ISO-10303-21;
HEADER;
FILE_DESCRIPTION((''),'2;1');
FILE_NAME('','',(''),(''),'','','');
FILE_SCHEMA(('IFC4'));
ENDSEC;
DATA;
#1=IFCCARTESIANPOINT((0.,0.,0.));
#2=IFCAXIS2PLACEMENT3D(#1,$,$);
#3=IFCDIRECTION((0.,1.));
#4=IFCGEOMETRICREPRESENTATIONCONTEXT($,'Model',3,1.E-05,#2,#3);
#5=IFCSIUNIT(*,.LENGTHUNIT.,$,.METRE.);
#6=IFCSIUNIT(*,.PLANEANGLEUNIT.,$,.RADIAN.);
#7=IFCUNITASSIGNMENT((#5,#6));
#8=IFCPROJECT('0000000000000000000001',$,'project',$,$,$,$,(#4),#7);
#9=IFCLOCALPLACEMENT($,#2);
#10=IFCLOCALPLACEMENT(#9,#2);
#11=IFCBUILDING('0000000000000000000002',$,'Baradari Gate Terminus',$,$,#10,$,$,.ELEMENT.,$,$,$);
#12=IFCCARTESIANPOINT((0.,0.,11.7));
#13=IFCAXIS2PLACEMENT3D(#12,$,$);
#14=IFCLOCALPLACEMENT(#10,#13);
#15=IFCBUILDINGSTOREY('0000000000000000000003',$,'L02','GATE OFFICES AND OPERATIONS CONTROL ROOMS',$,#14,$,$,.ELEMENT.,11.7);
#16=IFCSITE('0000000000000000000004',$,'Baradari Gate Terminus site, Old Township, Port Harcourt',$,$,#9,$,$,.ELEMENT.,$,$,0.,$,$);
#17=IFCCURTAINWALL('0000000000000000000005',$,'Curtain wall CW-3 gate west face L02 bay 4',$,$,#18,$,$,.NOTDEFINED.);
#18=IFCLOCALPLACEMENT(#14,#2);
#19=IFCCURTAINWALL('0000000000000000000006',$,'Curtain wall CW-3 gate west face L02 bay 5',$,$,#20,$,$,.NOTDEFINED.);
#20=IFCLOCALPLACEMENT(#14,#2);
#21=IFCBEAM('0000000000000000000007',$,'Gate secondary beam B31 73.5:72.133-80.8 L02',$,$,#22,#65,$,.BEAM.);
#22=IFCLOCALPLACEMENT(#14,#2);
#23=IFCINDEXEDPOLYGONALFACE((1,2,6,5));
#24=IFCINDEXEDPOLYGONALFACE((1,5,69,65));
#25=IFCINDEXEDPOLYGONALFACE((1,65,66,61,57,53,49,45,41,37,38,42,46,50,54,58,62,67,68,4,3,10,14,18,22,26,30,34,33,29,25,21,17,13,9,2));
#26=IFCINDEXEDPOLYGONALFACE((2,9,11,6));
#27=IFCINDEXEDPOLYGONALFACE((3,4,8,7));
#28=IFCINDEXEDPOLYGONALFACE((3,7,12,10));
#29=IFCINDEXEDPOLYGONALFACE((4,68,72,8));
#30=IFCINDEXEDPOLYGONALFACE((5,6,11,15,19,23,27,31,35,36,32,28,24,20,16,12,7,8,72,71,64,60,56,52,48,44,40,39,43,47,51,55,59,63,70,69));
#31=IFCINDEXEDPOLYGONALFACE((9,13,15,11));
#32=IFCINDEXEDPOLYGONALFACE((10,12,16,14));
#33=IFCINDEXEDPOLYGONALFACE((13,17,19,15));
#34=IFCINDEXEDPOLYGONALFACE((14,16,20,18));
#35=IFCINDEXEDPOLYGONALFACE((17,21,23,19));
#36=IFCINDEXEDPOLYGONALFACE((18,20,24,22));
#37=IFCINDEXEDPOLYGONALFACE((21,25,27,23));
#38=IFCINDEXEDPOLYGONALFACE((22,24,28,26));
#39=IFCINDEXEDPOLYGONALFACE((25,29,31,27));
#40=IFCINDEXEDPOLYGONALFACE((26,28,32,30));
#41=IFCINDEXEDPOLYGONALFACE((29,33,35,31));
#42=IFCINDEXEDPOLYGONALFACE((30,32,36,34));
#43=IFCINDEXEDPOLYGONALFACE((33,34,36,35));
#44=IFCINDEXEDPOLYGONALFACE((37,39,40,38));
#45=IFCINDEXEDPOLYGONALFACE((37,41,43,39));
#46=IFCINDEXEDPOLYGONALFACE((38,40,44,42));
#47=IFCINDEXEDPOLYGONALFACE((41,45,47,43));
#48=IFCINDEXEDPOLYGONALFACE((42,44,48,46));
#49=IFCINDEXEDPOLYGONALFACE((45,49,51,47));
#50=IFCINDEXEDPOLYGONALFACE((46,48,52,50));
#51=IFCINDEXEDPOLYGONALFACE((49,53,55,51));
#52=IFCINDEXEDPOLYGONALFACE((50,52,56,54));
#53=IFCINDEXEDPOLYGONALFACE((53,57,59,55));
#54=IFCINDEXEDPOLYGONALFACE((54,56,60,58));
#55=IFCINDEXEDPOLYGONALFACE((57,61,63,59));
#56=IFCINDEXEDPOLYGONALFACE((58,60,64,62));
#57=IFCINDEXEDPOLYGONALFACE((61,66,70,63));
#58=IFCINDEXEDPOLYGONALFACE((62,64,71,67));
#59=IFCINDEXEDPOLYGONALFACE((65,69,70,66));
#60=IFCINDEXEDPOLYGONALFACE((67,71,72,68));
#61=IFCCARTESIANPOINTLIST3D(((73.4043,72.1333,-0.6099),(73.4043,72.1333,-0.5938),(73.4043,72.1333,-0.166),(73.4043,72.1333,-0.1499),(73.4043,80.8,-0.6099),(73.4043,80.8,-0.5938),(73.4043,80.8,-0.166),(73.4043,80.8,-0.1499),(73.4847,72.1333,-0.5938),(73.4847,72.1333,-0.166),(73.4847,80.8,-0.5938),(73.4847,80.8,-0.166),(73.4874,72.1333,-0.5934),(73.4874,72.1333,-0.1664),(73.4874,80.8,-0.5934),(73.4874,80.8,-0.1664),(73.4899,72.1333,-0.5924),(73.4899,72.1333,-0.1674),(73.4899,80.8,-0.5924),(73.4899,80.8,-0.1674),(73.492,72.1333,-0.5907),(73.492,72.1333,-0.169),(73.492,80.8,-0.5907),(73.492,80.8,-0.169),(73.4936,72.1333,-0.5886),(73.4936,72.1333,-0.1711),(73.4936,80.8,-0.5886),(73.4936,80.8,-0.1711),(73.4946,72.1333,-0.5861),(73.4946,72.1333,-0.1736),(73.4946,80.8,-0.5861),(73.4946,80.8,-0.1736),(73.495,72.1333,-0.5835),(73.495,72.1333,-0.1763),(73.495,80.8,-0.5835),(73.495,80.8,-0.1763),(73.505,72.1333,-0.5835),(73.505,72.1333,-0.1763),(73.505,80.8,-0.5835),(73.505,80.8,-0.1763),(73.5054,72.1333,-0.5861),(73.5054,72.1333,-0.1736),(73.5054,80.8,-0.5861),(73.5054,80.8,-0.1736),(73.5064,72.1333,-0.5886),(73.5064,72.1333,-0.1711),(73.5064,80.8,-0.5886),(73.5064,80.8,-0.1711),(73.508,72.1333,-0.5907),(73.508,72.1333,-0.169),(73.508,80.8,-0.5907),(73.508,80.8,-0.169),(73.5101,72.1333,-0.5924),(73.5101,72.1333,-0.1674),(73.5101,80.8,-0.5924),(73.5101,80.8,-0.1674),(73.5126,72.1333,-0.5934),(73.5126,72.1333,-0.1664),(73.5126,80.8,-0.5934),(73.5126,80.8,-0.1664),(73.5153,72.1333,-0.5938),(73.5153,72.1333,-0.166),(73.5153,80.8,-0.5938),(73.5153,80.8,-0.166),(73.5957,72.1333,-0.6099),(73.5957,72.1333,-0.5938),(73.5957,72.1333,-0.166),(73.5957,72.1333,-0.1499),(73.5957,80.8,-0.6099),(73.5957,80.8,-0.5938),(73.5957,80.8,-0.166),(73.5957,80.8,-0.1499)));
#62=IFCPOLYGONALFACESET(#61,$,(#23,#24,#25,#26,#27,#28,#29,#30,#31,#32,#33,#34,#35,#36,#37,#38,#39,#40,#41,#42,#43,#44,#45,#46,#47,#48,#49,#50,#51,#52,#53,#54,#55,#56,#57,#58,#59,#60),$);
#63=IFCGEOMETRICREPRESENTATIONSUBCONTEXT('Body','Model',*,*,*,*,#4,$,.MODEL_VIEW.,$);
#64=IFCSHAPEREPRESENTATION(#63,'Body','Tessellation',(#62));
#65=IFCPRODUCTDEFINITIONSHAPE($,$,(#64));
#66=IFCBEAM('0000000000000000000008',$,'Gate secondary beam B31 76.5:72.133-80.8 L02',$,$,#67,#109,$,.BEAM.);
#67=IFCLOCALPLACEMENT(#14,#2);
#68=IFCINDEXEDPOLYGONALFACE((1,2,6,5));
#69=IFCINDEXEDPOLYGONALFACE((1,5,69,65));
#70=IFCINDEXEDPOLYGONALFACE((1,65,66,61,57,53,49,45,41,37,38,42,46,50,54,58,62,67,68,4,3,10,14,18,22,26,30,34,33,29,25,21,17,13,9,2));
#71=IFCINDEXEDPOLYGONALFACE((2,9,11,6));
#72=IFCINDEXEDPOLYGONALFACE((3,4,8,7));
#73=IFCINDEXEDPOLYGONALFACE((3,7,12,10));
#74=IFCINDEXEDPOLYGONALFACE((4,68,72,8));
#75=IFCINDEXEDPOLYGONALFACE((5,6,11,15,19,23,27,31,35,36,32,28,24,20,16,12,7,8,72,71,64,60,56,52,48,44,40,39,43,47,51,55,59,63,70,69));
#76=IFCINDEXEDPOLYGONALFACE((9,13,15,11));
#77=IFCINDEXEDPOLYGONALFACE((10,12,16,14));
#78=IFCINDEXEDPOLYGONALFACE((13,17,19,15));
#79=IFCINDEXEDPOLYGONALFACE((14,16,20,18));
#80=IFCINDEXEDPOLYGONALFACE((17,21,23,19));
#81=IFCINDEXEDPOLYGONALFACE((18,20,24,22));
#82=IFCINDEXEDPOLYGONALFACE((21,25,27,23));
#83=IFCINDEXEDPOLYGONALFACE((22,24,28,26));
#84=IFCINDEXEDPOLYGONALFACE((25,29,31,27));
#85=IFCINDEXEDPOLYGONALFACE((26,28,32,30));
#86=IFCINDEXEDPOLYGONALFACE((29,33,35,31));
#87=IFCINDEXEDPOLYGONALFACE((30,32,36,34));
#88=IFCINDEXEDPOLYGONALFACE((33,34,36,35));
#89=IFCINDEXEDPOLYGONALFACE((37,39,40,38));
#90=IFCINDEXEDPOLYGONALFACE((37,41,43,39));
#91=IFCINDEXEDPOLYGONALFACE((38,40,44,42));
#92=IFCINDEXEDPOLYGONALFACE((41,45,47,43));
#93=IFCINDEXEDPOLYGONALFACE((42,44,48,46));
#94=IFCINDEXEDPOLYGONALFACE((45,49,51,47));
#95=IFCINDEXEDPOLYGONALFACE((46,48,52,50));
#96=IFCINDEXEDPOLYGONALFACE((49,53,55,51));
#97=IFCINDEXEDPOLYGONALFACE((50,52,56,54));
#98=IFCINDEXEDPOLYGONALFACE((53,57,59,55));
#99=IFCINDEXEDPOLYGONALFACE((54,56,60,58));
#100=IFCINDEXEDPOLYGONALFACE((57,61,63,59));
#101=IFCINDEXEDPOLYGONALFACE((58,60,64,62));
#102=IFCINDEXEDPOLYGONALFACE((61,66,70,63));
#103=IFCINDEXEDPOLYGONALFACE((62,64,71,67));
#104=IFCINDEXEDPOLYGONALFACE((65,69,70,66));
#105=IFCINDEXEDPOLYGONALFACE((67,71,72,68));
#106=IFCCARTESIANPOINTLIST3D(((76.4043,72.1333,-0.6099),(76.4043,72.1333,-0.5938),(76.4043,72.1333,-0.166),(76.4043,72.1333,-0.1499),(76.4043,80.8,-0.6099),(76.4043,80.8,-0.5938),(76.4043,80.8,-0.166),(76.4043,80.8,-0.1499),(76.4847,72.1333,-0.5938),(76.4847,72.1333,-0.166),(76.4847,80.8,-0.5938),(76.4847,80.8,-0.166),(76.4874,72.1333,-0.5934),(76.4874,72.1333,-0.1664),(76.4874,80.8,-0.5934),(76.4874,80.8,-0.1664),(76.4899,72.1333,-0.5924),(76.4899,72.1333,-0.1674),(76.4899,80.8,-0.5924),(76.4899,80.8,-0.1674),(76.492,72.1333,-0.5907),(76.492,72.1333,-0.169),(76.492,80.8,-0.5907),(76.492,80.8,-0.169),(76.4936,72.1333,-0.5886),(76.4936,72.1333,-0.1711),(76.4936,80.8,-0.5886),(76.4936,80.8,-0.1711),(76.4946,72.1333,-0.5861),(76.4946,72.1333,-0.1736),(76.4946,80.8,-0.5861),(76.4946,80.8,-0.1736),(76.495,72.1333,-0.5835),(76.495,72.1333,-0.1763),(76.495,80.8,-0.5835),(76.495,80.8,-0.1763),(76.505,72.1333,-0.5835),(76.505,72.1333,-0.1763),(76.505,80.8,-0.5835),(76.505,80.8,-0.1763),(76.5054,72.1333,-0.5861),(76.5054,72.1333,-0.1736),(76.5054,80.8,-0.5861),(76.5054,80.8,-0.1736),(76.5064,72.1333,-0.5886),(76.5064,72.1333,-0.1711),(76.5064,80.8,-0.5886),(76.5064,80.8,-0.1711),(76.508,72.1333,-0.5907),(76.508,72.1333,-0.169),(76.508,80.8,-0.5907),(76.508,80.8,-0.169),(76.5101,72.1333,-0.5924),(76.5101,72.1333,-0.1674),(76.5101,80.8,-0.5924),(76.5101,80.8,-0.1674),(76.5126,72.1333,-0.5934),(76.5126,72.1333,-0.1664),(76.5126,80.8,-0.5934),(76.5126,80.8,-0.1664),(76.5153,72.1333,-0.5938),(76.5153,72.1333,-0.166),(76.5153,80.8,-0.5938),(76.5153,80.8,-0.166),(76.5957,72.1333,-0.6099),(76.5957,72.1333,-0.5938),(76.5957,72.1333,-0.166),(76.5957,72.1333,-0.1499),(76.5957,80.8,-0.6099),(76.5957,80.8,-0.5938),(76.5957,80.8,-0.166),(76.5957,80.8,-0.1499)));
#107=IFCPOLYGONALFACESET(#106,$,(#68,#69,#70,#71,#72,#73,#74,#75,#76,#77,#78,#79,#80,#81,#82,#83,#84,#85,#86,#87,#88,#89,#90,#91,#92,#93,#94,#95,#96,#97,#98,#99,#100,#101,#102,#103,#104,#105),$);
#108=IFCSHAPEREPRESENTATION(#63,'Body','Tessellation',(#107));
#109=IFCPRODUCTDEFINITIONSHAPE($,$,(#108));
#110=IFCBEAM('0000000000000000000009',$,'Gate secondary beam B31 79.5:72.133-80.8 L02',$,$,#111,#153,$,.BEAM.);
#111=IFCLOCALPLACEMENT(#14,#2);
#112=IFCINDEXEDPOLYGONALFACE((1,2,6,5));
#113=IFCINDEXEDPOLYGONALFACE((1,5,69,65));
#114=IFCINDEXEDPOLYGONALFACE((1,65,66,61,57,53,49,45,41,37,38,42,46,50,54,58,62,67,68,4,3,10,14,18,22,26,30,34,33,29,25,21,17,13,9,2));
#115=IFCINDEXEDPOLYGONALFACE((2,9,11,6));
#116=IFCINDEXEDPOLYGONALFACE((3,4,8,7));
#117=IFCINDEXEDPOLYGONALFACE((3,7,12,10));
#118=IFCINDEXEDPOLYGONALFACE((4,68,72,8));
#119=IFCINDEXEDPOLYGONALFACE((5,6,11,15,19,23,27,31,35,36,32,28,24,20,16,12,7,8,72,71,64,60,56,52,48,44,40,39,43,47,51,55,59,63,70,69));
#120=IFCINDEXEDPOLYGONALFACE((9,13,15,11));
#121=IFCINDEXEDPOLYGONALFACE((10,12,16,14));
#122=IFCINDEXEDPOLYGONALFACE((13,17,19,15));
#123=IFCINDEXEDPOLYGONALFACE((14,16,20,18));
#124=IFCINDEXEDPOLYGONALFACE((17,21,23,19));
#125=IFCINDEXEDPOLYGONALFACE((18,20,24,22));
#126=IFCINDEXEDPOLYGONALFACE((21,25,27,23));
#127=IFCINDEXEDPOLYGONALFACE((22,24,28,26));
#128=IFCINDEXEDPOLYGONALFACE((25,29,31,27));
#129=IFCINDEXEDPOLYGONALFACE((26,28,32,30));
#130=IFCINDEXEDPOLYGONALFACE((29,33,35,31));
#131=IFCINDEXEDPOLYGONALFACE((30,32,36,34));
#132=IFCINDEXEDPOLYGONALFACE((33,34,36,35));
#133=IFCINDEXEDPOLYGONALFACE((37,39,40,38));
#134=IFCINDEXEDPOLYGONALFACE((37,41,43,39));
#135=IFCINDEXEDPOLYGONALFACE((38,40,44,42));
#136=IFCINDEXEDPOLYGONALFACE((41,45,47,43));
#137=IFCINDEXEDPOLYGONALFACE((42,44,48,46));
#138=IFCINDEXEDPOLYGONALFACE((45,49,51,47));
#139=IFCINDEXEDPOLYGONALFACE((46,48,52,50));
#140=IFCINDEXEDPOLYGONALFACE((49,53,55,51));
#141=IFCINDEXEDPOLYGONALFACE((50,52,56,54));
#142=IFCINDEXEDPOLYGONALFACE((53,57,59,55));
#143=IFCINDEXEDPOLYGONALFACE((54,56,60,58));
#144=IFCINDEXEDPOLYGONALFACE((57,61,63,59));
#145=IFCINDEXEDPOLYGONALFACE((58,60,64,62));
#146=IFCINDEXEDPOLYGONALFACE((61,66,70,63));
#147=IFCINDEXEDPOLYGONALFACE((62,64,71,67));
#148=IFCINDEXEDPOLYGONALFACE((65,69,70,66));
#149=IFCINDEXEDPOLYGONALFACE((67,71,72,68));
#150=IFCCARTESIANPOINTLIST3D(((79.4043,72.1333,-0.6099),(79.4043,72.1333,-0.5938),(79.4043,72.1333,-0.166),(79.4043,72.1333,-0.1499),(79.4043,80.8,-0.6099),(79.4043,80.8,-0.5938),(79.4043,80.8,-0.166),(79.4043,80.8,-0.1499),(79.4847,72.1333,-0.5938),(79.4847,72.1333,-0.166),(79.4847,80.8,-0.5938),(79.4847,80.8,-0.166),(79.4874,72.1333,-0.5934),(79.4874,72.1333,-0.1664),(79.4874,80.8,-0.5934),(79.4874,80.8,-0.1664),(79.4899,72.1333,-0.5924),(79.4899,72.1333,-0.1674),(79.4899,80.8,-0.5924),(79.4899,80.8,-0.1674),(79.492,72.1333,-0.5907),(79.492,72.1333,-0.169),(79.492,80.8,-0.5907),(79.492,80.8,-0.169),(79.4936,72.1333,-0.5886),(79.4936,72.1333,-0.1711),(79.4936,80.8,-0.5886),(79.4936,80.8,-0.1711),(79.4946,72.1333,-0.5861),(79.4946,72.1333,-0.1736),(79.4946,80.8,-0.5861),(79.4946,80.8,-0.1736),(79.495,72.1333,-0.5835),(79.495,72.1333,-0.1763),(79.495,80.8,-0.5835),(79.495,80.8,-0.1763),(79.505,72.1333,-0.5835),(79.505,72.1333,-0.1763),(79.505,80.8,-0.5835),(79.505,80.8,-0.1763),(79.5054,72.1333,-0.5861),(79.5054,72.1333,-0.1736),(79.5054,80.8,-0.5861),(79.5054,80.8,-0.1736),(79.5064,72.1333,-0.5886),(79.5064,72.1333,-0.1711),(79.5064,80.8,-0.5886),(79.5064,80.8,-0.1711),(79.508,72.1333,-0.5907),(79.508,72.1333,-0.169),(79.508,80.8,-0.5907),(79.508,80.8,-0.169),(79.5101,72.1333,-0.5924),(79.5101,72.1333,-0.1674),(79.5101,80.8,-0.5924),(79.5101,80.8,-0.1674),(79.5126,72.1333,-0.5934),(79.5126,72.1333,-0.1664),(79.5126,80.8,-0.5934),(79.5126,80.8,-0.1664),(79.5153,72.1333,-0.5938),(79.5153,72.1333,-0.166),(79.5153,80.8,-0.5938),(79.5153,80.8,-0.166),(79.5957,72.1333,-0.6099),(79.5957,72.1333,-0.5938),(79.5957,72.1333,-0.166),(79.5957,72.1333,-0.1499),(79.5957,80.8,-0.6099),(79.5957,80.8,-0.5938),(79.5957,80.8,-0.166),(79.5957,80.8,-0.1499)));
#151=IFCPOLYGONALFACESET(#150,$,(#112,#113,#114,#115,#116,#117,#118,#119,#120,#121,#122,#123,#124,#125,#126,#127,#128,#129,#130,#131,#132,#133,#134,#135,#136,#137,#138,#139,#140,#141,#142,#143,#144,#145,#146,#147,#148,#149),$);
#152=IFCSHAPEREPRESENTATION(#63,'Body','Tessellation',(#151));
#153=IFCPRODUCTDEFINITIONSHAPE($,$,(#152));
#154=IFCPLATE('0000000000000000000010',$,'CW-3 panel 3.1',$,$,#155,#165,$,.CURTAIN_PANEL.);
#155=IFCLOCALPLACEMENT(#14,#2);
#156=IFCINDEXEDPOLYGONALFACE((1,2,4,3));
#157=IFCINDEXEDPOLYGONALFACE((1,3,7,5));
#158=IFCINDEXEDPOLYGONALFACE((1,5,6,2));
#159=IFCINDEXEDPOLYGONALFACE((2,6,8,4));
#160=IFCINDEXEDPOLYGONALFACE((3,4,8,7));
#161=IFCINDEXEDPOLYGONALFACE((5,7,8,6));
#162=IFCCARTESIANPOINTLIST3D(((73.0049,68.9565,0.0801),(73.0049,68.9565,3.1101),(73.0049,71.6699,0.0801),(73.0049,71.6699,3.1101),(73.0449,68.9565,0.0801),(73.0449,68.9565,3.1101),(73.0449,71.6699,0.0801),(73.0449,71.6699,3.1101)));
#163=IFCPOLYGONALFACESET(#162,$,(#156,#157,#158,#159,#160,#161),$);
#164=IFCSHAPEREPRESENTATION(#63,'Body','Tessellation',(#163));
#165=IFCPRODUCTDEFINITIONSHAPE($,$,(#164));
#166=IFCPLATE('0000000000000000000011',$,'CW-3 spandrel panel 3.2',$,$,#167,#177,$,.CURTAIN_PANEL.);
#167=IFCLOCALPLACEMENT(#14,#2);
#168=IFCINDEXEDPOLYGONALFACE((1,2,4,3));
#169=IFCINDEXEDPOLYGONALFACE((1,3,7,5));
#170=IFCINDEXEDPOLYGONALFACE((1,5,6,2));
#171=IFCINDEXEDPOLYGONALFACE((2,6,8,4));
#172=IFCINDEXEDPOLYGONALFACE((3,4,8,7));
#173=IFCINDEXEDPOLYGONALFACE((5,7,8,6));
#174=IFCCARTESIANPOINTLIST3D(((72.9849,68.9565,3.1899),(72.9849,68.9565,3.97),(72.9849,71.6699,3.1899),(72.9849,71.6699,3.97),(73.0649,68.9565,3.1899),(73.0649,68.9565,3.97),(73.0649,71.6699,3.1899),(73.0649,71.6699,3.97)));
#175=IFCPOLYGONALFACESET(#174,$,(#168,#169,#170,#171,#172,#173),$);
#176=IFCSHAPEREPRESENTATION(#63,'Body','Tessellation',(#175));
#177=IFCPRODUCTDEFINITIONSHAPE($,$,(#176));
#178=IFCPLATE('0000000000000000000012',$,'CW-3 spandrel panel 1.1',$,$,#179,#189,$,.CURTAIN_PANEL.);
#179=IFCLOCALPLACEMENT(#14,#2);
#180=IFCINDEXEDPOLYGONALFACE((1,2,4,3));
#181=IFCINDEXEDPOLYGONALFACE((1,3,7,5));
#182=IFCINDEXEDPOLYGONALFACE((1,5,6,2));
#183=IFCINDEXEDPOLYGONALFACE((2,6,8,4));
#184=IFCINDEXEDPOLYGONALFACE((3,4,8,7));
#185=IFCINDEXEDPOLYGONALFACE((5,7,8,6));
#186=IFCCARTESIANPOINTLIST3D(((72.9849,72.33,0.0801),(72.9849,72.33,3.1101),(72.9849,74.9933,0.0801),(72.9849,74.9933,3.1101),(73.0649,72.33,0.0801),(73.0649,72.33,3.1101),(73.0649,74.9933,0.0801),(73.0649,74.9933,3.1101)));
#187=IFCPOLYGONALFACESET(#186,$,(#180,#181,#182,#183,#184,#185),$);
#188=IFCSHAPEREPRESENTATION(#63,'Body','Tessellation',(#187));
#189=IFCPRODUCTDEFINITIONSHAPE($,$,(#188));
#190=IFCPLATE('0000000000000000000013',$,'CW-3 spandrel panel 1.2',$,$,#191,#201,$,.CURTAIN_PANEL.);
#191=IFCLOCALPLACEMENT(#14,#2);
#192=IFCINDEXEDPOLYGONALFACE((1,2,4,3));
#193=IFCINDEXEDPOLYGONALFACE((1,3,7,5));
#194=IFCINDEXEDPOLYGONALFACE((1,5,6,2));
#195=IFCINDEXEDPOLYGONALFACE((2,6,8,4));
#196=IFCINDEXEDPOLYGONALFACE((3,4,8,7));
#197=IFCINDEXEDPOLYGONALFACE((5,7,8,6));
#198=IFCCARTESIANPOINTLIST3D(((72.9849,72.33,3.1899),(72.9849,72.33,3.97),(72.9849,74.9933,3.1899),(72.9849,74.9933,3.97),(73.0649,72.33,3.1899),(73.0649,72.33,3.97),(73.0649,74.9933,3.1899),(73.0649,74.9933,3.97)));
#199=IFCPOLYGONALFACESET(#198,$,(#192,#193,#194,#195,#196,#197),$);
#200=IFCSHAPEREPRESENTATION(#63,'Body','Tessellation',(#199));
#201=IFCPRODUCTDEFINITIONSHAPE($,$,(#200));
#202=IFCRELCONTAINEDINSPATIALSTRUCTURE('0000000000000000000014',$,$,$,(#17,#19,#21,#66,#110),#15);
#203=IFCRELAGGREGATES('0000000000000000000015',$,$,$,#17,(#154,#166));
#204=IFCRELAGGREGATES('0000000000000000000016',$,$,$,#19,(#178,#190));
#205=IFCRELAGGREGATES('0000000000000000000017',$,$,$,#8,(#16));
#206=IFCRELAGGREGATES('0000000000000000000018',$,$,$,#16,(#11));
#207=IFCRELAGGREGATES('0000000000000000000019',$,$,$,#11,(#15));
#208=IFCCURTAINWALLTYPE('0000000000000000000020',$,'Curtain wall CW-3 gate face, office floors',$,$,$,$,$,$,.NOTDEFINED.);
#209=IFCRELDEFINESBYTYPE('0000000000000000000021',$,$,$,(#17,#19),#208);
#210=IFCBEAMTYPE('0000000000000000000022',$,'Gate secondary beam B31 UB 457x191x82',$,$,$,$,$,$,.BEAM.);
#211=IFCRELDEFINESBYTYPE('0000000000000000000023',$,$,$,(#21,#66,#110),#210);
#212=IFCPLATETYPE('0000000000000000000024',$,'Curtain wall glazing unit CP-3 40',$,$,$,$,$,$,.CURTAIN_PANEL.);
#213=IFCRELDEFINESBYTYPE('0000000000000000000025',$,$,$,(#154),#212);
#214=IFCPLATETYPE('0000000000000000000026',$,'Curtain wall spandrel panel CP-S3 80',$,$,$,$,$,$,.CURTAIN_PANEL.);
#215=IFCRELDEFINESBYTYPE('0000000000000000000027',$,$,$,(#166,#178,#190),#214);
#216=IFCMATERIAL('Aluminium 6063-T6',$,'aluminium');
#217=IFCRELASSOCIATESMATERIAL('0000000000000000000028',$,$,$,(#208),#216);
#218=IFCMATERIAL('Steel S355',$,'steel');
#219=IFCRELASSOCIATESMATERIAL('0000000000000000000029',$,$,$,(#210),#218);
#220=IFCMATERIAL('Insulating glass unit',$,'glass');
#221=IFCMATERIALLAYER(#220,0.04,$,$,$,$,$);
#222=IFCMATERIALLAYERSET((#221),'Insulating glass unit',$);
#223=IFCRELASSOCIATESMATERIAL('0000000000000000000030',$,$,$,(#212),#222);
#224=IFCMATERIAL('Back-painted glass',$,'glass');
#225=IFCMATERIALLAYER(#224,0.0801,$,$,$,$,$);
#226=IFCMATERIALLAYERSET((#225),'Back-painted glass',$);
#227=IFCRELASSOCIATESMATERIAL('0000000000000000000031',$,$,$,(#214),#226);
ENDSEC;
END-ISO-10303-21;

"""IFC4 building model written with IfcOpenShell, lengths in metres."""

from ifc_helpers import new_model, si_unit, direction, frame, origin, origin_2d, place, context, subcontext, project, spatial, rectangle, i_section, extrude, material, layer, layer_set, material_profile, profile_set, type_object, element, aggregate, save


model = new_model("IFC4")

# Units and contexts
model_context = context("Model", 3, precision=1e-05, world=origin(), true_north=direction((0.0, 1.0)))
body_context = subcontext(model_context, "Body", "Model", "MODEL_VIEW")
ifc_project = project(units=[si_unit("LENGTHUNIT", "METRE"), si_unit("PLANEANGLEUNIT", "RADIAN")], contexts=[model_context])

# Site, building, storey
site_placement = place(None, origin())
site = spatial("IfcSite", under=ifc_project, at=site_placement, Name="Baradari Gate Terminus site, Old Township, Port Harcourt", CompositionType="ELEMENT", RefElevation=0.0)
building_placement = place(site_placement, origin())
building = spatial("IfcBuilding", under=site, at=building_placement, Name="Baradari Gate Terminus", CompositionType="ELEMENT")
storey_placement = place(building_placement, frame((0.0, 0.0, 11.7)))
storey = spatial("IfcBuildingStorey", under=building, at=storey_placement, Name="L02", Description="GATE OFFICES AND OPERATIONS CONTROL ROOMS", CompositionType="ELEMENT", Elevation=11.7)

# Curtain wall
ifc_material_1 = material(Name="Aluminium 6063-T6", Category="aluminium")
curtain_wall_type = type_object("IfcCurtainWallType", Name="Curtain wall CW-3 gate face, office floors", PredefinedType="NOTDEFINED", material=ifc_material_1)
curtain_wall_1_placement = place(storey_placement, origin())
curtain_wall_1 = element("IfcCurtainWall", 1, at=curtain_wall_1_placement, inside=storey, type_object=curtain_wall_type, Name="Curtain wall CW-3 gate west face L02 bay 4", PredefinedType="NOTDEFINED")

# Curtain wall
curtain_wall_2_placement = place(storey_placement, origin())
curtain_wall_2 = element("IfcCurtainWall", 2, at=curtain_wall_2_placement, inside=storey, type_object=curtain_wall_type, Name="Curtain wall CW-3 gate west face L02 bay 5", PredefinedType="NOTDEFINED")

# Beams
ifc_material_2 = material(Name="Steel S355", Category="steel")
ifc_material_profile_1 = material_profile(ifc_material_2, i_section(OverallWidth=0.1914, OverallDepth=0.46, WebThickness=0.01, FlangeThickness=0.0161, FilletRadius=0.0103, at=origin_2d()), Name="UB 457x191x82")
ifc_profile_set_1 = profile_set([ifc_material_profile_1], Name="Steel S355")
beam_type_1 = type_object("IfcBeamType", Name="Gate secondary beam B31 UB 457x191x82", PredefinedType="BEAM", material=ifc_profile_set_1)
for number, where, z_axis, x_axis, name in (
    (3, (73.5, 72.1333, -0.3799), (0.0, 1.0, 0.0), (-1.0, 0.0, 0.0), "Gate secondary beam B31 73.5:72.133-80.8 L02"),
    (4, (76.5, 72.1333, -0.3799), (0.0, 1.0, 0.0), (-1.0, 0.0, 0.0), "Gate secondary beam B31 76.5:72.133-80.8 L02"),
    (5, (79.5, 72.1333, -0.3799), (0.0, 1.0, 0.0), (-1.0, 0.0, 0.0), "Gate secondary beam B31 79.5:72.133-80.8 L02"),
):
    element("IfcBeam", number, at=place(storey_placement, frame(where, z_axis=z_axis, x_axis=x_axis)), inside=storey, type_object=beam_type_1, Name=name, PredefinedType="BEAM", context=body_context, shape_type="SweptSolid", body=[
        extrude(i_section(OverallWidth=0.1914, OverallDepth=0.46, WebThickness=0.01, FlangeThickness=0.0161, FilletRadius=0.0103, at=origin_2d()), origin(), (0.0, 0.0, 1.0), 8.6667),
    ])

# Plates
ifc_material_3 = material(Name="Insulating glass unit", Category="glass")
ifc_layer_1 = layer(ifc_material_3, 0.04)
ifc_layer_set_1 = layer_set([ifc_layer_1], Name="Insulating glass unit")
plate_type_1 = type_object("IfcPlateType", Name="Curtain wall glazing unit CP-3 40", PredefinedType="CURTAIN_PANEL", material=ifc_layer_set_1)
plate_1_placement = place(storey_placement, frame((73.0249, 70.3132, 0.0801), z_axis=(0.0, 0.0, 1.0), x_axis=(0.0, 1.0, 0.0)))
plate_1 = element("IfcPlate", 6, at=plate_1_placement, type_object=plate_type_1, Name="CW-3 panel 3.1", PredefinedType="CURTAIN_PANEL", context=body_context, shape_type="SweptSolid", body=[
    extrude(rectangle(XDim=2.7134, YDim=0.04, at=origin_2d()), origin(), (0.0, 0.0, 1.0), 3.03),
])
ifc_material_4 = material(Name="Back-painted glass", Category="glass")
ifc_layer_2 = layer(ifc_material_4, 0.0801)
ifc_layer_set_2 = layer_set([ifc_layer_2], Name="Back-painted glass")
plate_type_2 = type_object("IfcPlateType", Name="Curtain wall spandrel panel CP-S3 80", PredefinedType="CURTAIN_PANEL", material=ifc_layer_set_2)
plate_2_placement = place(storey_placement, frame((73.0249, 70.3132, 3.1899), z_axis=(0.0, 0.0, 1.0), x_axis=(0.0, 1.0, 0.0)))
plate_2 = element("IfcPlate", 7, at=plate_2_placement, type_object=plate_type_2, Name="CW-3 spandrel panel 3.2", PredefinedType="CURTAIN_PANEL", context=body_context, shape_type="SweptSolid", body=[
    extrude(rectangle(XDim=2.7134, YDim=0.0801, at=origin_2d()), origin(), (0.0, 0.0, 1.0), 0.78),
])
aggregate(curtain_wall_1, [plate_1, plate_2])
plate_3_placement = place(storey_placement, frame((73.0249, 73.6616, 0.0801), z_axis=(0.0, 0.0, 1.0), x_axis=(0.0, 1.0, 0.0)))
plate_3 = element("IfcPlate", 8, at=plate_3_placement, type_object=plate_type_2, Name="CW-3 spandrel panel 1.1", PredefinedType="CURTAIN_PANEL", context=body_context, shape_type="SweptSolid", body=[
    extrude(rectangle(XDim=2.6633, YDim=0.0801, at=origin_2d()), origin(), (0.0, 0.0, 1.0), 3.03),
])
plate_4_placement = place(storey_placement, frame((73.0249, 73.6616, 3.1899), z_axis=(0.0, 0.0, 1.0), x_axis=(0.0, 1.0, 0.0)))
plate_4 = element("IfcPlate", 9, at=plate_4_placement, type_object=plate_type_2, Name="CW-3 spandrel panel 1.2", PredefinedType="CURTAIN_PANEL", context=body_context, shape_type="SweptSolid", body=[
    extrude(rectangle(XDim=2.6633, YDim=0.0801, at=origin_2d()), origin(), (0.0, 0.0, 1.0), 0.78),
])
aggregate(curtain_wall_2, [plate_3, plate_4])

save(model, "model.ifc")
